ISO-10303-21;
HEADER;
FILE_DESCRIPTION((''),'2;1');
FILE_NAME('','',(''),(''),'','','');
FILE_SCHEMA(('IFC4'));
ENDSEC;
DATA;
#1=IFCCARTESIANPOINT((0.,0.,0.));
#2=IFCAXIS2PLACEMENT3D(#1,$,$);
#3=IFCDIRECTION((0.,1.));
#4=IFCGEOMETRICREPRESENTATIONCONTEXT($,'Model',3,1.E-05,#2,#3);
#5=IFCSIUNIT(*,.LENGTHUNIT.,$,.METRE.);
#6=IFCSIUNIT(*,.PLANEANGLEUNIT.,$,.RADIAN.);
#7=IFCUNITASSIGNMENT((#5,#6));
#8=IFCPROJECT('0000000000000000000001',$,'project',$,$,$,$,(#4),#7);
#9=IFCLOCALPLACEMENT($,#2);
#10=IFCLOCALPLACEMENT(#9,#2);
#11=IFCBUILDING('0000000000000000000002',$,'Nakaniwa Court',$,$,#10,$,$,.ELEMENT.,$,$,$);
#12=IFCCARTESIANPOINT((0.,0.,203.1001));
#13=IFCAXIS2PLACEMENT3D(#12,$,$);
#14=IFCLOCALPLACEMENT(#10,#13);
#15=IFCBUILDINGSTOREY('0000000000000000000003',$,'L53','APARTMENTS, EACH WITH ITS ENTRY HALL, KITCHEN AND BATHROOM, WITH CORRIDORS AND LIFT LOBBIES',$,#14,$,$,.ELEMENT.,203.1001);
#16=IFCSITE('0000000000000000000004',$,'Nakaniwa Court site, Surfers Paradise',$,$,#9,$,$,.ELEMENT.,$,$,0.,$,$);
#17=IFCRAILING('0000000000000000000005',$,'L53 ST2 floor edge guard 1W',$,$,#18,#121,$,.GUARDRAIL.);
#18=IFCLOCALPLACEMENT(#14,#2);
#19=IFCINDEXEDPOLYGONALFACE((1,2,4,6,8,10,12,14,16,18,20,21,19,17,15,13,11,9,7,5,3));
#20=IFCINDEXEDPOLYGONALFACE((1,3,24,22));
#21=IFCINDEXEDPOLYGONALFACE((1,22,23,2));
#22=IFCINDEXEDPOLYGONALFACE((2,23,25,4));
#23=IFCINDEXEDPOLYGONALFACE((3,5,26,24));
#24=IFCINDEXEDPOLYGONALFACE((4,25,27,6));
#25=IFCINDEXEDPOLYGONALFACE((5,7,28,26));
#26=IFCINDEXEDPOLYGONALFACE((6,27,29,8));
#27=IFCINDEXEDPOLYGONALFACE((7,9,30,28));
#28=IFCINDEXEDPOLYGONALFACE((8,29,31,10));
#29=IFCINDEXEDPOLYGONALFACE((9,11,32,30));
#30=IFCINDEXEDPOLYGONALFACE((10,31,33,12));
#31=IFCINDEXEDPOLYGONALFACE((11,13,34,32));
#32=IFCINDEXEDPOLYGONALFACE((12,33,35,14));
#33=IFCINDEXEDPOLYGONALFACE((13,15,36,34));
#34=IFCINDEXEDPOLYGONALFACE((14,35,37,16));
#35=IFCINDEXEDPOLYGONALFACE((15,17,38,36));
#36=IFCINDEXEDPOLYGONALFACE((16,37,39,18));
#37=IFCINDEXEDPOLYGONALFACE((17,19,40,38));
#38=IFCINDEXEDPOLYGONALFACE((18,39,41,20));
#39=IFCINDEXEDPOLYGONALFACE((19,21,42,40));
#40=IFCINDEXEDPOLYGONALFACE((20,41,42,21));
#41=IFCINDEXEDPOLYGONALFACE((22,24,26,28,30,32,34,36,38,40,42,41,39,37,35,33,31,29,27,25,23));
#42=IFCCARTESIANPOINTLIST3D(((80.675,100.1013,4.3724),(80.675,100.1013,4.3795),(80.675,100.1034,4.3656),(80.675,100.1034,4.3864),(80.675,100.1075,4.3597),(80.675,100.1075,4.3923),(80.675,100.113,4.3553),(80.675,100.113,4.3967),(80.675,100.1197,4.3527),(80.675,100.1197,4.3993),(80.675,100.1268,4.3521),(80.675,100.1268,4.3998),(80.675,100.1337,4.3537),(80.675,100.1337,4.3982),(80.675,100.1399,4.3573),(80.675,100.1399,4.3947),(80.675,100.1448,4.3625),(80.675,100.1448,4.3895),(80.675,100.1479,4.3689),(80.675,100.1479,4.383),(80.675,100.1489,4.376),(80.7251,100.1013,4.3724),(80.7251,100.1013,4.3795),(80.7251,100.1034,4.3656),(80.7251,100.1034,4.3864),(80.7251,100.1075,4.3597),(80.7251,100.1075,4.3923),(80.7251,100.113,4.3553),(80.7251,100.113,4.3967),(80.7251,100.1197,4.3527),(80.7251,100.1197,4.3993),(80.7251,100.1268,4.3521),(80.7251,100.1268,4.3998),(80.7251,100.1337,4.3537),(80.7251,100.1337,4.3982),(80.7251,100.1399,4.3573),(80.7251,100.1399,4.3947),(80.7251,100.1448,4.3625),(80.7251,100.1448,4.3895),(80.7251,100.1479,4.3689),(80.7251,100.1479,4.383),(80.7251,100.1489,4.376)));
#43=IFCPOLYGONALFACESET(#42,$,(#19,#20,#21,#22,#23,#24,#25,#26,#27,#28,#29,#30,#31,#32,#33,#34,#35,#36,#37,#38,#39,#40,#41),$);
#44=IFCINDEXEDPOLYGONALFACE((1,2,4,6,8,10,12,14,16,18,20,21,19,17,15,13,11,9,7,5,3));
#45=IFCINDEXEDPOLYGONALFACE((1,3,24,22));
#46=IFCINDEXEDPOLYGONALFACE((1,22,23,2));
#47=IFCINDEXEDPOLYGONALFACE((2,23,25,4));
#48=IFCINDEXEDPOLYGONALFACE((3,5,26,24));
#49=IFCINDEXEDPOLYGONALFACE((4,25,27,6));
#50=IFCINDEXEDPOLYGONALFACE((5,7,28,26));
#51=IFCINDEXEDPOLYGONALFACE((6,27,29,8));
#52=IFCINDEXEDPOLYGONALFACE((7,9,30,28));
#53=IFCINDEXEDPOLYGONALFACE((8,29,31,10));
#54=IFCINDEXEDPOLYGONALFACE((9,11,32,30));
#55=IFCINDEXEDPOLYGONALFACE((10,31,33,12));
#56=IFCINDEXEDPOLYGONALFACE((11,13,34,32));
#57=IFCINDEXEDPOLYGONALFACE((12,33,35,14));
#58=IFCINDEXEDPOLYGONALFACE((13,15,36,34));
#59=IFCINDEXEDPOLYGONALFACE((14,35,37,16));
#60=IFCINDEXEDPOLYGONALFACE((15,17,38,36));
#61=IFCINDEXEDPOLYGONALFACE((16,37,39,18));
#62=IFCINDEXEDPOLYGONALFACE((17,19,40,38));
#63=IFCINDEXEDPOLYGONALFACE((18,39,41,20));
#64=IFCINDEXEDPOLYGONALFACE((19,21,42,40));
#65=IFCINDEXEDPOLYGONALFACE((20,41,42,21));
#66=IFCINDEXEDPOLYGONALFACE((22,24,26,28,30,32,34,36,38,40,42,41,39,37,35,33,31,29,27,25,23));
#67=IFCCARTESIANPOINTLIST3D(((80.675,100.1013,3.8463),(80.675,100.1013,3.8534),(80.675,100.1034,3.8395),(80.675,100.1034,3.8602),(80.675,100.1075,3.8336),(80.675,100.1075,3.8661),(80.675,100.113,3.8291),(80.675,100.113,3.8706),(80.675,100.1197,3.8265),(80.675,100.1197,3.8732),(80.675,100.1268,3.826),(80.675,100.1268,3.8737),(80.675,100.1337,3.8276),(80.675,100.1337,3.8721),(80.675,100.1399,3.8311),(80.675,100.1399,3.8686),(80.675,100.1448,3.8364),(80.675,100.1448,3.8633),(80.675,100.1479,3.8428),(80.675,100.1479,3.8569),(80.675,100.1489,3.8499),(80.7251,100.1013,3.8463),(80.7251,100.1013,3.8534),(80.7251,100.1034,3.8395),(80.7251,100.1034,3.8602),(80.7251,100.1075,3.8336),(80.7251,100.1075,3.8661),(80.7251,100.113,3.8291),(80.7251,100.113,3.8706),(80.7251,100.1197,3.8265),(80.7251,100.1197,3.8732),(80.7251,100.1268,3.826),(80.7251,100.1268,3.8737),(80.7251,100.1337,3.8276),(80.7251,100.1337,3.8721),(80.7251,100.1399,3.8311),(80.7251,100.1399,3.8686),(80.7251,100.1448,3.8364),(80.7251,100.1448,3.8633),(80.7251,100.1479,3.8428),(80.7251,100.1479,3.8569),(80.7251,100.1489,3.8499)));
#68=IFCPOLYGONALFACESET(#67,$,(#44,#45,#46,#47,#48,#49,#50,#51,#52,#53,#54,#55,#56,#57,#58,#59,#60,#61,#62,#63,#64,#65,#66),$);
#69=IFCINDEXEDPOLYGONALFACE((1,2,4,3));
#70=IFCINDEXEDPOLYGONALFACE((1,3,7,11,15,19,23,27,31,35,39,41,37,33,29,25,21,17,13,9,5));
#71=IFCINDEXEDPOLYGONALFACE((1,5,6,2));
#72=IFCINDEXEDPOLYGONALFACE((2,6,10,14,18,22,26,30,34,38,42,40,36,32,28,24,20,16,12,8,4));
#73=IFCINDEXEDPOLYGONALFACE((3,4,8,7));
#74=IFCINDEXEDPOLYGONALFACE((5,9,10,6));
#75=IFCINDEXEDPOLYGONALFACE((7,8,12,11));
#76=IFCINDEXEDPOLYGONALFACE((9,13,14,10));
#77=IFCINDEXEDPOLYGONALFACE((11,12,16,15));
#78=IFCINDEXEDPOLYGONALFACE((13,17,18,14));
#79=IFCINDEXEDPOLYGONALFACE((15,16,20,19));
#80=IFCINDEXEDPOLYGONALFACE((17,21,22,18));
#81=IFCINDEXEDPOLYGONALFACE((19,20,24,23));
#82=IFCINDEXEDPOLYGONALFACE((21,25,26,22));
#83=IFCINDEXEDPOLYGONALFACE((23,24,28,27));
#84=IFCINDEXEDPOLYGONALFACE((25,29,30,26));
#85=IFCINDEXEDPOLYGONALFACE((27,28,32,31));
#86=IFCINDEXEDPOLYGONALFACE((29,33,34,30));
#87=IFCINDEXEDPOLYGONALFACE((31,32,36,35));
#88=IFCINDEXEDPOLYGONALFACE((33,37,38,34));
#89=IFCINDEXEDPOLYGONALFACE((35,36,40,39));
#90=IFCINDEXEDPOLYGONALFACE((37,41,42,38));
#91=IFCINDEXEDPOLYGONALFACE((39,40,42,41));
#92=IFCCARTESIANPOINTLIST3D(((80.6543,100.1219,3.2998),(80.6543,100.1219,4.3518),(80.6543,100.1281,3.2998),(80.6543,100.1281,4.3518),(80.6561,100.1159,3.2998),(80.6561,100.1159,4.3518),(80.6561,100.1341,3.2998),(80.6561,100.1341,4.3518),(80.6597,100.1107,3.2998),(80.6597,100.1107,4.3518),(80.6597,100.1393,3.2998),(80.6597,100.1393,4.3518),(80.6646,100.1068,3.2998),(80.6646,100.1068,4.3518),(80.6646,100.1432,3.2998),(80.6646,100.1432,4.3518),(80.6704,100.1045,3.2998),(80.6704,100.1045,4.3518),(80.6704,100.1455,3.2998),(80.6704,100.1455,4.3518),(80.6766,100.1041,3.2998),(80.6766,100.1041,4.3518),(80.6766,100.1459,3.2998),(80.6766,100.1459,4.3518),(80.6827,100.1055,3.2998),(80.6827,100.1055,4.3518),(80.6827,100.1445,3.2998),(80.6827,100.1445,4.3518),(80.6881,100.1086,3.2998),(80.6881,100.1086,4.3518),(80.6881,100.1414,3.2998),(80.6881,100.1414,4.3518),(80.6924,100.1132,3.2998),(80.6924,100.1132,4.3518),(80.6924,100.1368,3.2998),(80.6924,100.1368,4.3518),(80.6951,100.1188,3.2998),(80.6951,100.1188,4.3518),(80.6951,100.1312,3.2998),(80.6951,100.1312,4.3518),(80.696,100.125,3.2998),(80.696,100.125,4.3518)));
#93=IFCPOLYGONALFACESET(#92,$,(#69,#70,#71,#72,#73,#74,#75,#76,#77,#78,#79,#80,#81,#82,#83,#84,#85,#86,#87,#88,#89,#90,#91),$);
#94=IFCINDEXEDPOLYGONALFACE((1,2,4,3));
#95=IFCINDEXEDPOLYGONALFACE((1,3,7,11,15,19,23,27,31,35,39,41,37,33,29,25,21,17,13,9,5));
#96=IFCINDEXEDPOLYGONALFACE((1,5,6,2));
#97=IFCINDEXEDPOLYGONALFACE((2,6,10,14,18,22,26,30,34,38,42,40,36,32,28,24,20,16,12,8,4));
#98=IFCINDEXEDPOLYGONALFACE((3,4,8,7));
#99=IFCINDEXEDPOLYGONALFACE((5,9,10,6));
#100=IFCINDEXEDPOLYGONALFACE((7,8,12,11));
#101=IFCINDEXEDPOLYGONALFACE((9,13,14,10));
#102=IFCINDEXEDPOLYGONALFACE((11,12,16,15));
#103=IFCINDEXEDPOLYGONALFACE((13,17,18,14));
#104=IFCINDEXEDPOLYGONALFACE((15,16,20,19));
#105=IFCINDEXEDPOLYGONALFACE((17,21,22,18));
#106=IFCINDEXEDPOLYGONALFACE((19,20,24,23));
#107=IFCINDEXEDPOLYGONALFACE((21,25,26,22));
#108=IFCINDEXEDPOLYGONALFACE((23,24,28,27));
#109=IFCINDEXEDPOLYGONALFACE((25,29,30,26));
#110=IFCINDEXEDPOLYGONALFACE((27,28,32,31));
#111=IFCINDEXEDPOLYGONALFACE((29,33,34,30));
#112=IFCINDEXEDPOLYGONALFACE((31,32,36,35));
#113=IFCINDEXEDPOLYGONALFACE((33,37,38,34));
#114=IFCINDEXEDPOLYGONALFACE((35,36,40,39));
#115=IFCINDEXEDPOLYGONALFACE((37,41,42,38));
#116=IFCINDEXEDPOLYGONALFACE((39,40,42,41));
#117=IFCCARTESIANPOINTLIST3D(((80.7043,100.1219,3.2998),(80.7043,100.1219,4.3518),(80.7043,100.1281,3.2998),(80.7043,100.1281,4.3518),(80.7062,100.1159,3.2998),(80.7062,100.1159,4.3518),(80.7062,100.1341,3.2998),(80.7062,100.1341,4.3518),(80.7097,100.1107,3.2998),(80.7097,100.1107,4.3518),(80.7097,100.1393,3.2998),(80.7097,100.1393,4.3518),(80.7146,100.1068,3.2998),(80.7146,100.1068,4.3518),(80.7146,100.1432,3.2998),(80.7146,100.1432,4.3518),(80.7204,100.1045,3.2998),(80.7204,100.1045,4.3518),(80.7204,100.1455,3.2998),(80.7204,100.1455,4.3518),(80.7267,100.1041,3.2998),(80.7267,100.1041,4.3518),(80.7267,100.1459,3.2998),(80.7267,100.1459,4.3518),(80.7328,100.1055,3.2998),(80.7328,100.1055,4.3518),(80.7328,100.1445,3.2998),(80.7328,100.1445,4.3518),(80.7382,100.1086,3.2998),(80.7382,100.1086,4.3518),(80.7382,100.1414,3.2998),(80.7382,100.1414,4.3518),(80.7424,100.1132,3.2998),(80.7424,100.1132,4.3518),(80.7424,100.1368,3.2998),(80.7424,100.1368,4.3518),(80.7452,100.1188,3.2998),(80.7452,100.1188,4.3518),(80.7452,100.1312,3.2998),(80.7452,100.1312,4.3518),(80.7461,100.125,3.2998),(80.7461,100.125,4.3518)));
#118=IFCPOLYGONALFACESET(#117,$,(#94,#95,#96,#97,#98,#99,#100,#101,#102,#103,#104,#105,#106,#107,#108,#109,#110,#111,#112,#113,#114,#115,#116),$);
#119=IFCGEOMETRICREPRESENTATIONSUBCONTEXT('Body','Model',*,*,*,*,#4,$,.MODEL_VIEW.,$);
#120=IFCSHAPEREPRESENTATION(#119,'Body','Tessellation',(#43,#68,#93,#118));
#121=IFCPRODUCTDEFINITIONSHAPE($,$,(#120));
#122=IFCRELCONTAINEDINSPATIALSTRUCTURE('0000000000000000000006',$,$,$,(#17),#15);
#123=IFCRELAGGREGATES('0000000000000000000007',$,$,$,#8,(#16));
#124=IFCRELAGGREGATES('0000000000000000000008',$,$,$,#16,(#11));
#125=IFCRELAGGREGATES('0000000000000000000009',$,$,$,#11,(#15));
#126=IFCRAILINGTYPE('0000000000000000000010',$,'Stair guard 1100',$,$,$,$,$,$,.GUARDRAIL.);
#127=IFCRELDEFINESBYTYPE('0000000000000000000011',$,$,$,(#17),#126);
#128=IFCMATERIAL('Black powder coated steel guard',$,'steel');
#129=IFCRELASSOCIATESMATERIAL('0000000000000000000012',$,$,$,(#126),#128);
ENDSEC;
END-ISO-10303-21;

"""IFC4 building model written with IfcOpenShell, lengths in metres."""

from ifc_helpers import new_model, si_unit, direction, frame, origin, origin_2d, place, context, subcontext, project, spatial, circle, extrude, material, type_object, element, save


model = new_model("IFC4")

# Units and contexts
model_context = context("Model", 3, precision=1e-05, world=origin(), true_north=direction((0.0, 1.0)))
body_context = subcontext(model_context, "Body", "Model", "MODEL_VIEW")
ifc_project = project(units=[si_unit("LENGTHUNIT", "METRE"), si_unit("PLANEANGLEUNIT", "RADIAN")], contexts=[model_context])

# Site, building, storey
site_placement = place(None, origin())
site = spatial("IfcSite", under=ifc_project, at=site_placement, Name="Nakaniwa Court site, Surfers Paradise", CompositionType="ELEMENT", RefElevation=0.0)
building_placement = place(site_placement, origin())
building = spatial("IfcBuilding", under=site, at=building_placement, Name="Nakaniwa Court", CompositionType="ELEMENT")
storey_placement = place(building_placement, frame((0.0, 0.0, 203.1001)))
storey = spatial("IfcBuildingStorey", under=building, at=storey_placement, Name="L53", Description="APARTMENTS, EACH WITH ITS ENTRY HALL, KITCHEN AND BATHROOM, WITH CORRIDORS AND LIFT LOBBIES", CompositionType="ELEMENT", Elevation=203.1001)

# Railing
ifc_material_1 = material(Name="Black powder coated steel guard", Category="steel")
railing_type_1 = type_object("IfcRailingType", Name="Stair guard 1100", PredefinedType="GUARDRAIL", material=ifc_material_1)
for number, where, name in (
    (1, (80.675, 100.125, 3.2998), "L53 ST2 floor edge guard 1W"),
):
    element("IfcRailing", number, at=place(storey_placement, frame(where)), inside=storey, type_object=railing_type_1, Name=name, PredefinedType="GUARDRAIL", context=body_context, shape_type="SweptSolid", body=[
        extrude(circle(Radius=0.0239, at=origin_2d()), frame((0.0, 0.0, 1.0762), z_axis=(1.0, 0.0, 0.0), x_axis=(0.0, 1.0, 0.0)), (0.0, 0.0, 1.0), 0.05),
        extrude(circle(Radius=0.0239, at=origin_2d()), frame((0.0, 0.0, 0.55), z_axis=(1.0, 0.0, 0.0), x_axis=(0.0, 1.0, 0.0)), (0.0, 0.0, 1.0), 0.05),
        extrude(circle(Radius=0.021, at=origin_2d()), origin(), (0.0, 0.0, 1.0), 1.052),
        extrude(circle(Radius=0.021, at=origin_2d()), frame((0.05, 0.0, 0.0)), (0.0, 0.0, 1.0), 1.052),
    ])

save(model, "model.ifc")
